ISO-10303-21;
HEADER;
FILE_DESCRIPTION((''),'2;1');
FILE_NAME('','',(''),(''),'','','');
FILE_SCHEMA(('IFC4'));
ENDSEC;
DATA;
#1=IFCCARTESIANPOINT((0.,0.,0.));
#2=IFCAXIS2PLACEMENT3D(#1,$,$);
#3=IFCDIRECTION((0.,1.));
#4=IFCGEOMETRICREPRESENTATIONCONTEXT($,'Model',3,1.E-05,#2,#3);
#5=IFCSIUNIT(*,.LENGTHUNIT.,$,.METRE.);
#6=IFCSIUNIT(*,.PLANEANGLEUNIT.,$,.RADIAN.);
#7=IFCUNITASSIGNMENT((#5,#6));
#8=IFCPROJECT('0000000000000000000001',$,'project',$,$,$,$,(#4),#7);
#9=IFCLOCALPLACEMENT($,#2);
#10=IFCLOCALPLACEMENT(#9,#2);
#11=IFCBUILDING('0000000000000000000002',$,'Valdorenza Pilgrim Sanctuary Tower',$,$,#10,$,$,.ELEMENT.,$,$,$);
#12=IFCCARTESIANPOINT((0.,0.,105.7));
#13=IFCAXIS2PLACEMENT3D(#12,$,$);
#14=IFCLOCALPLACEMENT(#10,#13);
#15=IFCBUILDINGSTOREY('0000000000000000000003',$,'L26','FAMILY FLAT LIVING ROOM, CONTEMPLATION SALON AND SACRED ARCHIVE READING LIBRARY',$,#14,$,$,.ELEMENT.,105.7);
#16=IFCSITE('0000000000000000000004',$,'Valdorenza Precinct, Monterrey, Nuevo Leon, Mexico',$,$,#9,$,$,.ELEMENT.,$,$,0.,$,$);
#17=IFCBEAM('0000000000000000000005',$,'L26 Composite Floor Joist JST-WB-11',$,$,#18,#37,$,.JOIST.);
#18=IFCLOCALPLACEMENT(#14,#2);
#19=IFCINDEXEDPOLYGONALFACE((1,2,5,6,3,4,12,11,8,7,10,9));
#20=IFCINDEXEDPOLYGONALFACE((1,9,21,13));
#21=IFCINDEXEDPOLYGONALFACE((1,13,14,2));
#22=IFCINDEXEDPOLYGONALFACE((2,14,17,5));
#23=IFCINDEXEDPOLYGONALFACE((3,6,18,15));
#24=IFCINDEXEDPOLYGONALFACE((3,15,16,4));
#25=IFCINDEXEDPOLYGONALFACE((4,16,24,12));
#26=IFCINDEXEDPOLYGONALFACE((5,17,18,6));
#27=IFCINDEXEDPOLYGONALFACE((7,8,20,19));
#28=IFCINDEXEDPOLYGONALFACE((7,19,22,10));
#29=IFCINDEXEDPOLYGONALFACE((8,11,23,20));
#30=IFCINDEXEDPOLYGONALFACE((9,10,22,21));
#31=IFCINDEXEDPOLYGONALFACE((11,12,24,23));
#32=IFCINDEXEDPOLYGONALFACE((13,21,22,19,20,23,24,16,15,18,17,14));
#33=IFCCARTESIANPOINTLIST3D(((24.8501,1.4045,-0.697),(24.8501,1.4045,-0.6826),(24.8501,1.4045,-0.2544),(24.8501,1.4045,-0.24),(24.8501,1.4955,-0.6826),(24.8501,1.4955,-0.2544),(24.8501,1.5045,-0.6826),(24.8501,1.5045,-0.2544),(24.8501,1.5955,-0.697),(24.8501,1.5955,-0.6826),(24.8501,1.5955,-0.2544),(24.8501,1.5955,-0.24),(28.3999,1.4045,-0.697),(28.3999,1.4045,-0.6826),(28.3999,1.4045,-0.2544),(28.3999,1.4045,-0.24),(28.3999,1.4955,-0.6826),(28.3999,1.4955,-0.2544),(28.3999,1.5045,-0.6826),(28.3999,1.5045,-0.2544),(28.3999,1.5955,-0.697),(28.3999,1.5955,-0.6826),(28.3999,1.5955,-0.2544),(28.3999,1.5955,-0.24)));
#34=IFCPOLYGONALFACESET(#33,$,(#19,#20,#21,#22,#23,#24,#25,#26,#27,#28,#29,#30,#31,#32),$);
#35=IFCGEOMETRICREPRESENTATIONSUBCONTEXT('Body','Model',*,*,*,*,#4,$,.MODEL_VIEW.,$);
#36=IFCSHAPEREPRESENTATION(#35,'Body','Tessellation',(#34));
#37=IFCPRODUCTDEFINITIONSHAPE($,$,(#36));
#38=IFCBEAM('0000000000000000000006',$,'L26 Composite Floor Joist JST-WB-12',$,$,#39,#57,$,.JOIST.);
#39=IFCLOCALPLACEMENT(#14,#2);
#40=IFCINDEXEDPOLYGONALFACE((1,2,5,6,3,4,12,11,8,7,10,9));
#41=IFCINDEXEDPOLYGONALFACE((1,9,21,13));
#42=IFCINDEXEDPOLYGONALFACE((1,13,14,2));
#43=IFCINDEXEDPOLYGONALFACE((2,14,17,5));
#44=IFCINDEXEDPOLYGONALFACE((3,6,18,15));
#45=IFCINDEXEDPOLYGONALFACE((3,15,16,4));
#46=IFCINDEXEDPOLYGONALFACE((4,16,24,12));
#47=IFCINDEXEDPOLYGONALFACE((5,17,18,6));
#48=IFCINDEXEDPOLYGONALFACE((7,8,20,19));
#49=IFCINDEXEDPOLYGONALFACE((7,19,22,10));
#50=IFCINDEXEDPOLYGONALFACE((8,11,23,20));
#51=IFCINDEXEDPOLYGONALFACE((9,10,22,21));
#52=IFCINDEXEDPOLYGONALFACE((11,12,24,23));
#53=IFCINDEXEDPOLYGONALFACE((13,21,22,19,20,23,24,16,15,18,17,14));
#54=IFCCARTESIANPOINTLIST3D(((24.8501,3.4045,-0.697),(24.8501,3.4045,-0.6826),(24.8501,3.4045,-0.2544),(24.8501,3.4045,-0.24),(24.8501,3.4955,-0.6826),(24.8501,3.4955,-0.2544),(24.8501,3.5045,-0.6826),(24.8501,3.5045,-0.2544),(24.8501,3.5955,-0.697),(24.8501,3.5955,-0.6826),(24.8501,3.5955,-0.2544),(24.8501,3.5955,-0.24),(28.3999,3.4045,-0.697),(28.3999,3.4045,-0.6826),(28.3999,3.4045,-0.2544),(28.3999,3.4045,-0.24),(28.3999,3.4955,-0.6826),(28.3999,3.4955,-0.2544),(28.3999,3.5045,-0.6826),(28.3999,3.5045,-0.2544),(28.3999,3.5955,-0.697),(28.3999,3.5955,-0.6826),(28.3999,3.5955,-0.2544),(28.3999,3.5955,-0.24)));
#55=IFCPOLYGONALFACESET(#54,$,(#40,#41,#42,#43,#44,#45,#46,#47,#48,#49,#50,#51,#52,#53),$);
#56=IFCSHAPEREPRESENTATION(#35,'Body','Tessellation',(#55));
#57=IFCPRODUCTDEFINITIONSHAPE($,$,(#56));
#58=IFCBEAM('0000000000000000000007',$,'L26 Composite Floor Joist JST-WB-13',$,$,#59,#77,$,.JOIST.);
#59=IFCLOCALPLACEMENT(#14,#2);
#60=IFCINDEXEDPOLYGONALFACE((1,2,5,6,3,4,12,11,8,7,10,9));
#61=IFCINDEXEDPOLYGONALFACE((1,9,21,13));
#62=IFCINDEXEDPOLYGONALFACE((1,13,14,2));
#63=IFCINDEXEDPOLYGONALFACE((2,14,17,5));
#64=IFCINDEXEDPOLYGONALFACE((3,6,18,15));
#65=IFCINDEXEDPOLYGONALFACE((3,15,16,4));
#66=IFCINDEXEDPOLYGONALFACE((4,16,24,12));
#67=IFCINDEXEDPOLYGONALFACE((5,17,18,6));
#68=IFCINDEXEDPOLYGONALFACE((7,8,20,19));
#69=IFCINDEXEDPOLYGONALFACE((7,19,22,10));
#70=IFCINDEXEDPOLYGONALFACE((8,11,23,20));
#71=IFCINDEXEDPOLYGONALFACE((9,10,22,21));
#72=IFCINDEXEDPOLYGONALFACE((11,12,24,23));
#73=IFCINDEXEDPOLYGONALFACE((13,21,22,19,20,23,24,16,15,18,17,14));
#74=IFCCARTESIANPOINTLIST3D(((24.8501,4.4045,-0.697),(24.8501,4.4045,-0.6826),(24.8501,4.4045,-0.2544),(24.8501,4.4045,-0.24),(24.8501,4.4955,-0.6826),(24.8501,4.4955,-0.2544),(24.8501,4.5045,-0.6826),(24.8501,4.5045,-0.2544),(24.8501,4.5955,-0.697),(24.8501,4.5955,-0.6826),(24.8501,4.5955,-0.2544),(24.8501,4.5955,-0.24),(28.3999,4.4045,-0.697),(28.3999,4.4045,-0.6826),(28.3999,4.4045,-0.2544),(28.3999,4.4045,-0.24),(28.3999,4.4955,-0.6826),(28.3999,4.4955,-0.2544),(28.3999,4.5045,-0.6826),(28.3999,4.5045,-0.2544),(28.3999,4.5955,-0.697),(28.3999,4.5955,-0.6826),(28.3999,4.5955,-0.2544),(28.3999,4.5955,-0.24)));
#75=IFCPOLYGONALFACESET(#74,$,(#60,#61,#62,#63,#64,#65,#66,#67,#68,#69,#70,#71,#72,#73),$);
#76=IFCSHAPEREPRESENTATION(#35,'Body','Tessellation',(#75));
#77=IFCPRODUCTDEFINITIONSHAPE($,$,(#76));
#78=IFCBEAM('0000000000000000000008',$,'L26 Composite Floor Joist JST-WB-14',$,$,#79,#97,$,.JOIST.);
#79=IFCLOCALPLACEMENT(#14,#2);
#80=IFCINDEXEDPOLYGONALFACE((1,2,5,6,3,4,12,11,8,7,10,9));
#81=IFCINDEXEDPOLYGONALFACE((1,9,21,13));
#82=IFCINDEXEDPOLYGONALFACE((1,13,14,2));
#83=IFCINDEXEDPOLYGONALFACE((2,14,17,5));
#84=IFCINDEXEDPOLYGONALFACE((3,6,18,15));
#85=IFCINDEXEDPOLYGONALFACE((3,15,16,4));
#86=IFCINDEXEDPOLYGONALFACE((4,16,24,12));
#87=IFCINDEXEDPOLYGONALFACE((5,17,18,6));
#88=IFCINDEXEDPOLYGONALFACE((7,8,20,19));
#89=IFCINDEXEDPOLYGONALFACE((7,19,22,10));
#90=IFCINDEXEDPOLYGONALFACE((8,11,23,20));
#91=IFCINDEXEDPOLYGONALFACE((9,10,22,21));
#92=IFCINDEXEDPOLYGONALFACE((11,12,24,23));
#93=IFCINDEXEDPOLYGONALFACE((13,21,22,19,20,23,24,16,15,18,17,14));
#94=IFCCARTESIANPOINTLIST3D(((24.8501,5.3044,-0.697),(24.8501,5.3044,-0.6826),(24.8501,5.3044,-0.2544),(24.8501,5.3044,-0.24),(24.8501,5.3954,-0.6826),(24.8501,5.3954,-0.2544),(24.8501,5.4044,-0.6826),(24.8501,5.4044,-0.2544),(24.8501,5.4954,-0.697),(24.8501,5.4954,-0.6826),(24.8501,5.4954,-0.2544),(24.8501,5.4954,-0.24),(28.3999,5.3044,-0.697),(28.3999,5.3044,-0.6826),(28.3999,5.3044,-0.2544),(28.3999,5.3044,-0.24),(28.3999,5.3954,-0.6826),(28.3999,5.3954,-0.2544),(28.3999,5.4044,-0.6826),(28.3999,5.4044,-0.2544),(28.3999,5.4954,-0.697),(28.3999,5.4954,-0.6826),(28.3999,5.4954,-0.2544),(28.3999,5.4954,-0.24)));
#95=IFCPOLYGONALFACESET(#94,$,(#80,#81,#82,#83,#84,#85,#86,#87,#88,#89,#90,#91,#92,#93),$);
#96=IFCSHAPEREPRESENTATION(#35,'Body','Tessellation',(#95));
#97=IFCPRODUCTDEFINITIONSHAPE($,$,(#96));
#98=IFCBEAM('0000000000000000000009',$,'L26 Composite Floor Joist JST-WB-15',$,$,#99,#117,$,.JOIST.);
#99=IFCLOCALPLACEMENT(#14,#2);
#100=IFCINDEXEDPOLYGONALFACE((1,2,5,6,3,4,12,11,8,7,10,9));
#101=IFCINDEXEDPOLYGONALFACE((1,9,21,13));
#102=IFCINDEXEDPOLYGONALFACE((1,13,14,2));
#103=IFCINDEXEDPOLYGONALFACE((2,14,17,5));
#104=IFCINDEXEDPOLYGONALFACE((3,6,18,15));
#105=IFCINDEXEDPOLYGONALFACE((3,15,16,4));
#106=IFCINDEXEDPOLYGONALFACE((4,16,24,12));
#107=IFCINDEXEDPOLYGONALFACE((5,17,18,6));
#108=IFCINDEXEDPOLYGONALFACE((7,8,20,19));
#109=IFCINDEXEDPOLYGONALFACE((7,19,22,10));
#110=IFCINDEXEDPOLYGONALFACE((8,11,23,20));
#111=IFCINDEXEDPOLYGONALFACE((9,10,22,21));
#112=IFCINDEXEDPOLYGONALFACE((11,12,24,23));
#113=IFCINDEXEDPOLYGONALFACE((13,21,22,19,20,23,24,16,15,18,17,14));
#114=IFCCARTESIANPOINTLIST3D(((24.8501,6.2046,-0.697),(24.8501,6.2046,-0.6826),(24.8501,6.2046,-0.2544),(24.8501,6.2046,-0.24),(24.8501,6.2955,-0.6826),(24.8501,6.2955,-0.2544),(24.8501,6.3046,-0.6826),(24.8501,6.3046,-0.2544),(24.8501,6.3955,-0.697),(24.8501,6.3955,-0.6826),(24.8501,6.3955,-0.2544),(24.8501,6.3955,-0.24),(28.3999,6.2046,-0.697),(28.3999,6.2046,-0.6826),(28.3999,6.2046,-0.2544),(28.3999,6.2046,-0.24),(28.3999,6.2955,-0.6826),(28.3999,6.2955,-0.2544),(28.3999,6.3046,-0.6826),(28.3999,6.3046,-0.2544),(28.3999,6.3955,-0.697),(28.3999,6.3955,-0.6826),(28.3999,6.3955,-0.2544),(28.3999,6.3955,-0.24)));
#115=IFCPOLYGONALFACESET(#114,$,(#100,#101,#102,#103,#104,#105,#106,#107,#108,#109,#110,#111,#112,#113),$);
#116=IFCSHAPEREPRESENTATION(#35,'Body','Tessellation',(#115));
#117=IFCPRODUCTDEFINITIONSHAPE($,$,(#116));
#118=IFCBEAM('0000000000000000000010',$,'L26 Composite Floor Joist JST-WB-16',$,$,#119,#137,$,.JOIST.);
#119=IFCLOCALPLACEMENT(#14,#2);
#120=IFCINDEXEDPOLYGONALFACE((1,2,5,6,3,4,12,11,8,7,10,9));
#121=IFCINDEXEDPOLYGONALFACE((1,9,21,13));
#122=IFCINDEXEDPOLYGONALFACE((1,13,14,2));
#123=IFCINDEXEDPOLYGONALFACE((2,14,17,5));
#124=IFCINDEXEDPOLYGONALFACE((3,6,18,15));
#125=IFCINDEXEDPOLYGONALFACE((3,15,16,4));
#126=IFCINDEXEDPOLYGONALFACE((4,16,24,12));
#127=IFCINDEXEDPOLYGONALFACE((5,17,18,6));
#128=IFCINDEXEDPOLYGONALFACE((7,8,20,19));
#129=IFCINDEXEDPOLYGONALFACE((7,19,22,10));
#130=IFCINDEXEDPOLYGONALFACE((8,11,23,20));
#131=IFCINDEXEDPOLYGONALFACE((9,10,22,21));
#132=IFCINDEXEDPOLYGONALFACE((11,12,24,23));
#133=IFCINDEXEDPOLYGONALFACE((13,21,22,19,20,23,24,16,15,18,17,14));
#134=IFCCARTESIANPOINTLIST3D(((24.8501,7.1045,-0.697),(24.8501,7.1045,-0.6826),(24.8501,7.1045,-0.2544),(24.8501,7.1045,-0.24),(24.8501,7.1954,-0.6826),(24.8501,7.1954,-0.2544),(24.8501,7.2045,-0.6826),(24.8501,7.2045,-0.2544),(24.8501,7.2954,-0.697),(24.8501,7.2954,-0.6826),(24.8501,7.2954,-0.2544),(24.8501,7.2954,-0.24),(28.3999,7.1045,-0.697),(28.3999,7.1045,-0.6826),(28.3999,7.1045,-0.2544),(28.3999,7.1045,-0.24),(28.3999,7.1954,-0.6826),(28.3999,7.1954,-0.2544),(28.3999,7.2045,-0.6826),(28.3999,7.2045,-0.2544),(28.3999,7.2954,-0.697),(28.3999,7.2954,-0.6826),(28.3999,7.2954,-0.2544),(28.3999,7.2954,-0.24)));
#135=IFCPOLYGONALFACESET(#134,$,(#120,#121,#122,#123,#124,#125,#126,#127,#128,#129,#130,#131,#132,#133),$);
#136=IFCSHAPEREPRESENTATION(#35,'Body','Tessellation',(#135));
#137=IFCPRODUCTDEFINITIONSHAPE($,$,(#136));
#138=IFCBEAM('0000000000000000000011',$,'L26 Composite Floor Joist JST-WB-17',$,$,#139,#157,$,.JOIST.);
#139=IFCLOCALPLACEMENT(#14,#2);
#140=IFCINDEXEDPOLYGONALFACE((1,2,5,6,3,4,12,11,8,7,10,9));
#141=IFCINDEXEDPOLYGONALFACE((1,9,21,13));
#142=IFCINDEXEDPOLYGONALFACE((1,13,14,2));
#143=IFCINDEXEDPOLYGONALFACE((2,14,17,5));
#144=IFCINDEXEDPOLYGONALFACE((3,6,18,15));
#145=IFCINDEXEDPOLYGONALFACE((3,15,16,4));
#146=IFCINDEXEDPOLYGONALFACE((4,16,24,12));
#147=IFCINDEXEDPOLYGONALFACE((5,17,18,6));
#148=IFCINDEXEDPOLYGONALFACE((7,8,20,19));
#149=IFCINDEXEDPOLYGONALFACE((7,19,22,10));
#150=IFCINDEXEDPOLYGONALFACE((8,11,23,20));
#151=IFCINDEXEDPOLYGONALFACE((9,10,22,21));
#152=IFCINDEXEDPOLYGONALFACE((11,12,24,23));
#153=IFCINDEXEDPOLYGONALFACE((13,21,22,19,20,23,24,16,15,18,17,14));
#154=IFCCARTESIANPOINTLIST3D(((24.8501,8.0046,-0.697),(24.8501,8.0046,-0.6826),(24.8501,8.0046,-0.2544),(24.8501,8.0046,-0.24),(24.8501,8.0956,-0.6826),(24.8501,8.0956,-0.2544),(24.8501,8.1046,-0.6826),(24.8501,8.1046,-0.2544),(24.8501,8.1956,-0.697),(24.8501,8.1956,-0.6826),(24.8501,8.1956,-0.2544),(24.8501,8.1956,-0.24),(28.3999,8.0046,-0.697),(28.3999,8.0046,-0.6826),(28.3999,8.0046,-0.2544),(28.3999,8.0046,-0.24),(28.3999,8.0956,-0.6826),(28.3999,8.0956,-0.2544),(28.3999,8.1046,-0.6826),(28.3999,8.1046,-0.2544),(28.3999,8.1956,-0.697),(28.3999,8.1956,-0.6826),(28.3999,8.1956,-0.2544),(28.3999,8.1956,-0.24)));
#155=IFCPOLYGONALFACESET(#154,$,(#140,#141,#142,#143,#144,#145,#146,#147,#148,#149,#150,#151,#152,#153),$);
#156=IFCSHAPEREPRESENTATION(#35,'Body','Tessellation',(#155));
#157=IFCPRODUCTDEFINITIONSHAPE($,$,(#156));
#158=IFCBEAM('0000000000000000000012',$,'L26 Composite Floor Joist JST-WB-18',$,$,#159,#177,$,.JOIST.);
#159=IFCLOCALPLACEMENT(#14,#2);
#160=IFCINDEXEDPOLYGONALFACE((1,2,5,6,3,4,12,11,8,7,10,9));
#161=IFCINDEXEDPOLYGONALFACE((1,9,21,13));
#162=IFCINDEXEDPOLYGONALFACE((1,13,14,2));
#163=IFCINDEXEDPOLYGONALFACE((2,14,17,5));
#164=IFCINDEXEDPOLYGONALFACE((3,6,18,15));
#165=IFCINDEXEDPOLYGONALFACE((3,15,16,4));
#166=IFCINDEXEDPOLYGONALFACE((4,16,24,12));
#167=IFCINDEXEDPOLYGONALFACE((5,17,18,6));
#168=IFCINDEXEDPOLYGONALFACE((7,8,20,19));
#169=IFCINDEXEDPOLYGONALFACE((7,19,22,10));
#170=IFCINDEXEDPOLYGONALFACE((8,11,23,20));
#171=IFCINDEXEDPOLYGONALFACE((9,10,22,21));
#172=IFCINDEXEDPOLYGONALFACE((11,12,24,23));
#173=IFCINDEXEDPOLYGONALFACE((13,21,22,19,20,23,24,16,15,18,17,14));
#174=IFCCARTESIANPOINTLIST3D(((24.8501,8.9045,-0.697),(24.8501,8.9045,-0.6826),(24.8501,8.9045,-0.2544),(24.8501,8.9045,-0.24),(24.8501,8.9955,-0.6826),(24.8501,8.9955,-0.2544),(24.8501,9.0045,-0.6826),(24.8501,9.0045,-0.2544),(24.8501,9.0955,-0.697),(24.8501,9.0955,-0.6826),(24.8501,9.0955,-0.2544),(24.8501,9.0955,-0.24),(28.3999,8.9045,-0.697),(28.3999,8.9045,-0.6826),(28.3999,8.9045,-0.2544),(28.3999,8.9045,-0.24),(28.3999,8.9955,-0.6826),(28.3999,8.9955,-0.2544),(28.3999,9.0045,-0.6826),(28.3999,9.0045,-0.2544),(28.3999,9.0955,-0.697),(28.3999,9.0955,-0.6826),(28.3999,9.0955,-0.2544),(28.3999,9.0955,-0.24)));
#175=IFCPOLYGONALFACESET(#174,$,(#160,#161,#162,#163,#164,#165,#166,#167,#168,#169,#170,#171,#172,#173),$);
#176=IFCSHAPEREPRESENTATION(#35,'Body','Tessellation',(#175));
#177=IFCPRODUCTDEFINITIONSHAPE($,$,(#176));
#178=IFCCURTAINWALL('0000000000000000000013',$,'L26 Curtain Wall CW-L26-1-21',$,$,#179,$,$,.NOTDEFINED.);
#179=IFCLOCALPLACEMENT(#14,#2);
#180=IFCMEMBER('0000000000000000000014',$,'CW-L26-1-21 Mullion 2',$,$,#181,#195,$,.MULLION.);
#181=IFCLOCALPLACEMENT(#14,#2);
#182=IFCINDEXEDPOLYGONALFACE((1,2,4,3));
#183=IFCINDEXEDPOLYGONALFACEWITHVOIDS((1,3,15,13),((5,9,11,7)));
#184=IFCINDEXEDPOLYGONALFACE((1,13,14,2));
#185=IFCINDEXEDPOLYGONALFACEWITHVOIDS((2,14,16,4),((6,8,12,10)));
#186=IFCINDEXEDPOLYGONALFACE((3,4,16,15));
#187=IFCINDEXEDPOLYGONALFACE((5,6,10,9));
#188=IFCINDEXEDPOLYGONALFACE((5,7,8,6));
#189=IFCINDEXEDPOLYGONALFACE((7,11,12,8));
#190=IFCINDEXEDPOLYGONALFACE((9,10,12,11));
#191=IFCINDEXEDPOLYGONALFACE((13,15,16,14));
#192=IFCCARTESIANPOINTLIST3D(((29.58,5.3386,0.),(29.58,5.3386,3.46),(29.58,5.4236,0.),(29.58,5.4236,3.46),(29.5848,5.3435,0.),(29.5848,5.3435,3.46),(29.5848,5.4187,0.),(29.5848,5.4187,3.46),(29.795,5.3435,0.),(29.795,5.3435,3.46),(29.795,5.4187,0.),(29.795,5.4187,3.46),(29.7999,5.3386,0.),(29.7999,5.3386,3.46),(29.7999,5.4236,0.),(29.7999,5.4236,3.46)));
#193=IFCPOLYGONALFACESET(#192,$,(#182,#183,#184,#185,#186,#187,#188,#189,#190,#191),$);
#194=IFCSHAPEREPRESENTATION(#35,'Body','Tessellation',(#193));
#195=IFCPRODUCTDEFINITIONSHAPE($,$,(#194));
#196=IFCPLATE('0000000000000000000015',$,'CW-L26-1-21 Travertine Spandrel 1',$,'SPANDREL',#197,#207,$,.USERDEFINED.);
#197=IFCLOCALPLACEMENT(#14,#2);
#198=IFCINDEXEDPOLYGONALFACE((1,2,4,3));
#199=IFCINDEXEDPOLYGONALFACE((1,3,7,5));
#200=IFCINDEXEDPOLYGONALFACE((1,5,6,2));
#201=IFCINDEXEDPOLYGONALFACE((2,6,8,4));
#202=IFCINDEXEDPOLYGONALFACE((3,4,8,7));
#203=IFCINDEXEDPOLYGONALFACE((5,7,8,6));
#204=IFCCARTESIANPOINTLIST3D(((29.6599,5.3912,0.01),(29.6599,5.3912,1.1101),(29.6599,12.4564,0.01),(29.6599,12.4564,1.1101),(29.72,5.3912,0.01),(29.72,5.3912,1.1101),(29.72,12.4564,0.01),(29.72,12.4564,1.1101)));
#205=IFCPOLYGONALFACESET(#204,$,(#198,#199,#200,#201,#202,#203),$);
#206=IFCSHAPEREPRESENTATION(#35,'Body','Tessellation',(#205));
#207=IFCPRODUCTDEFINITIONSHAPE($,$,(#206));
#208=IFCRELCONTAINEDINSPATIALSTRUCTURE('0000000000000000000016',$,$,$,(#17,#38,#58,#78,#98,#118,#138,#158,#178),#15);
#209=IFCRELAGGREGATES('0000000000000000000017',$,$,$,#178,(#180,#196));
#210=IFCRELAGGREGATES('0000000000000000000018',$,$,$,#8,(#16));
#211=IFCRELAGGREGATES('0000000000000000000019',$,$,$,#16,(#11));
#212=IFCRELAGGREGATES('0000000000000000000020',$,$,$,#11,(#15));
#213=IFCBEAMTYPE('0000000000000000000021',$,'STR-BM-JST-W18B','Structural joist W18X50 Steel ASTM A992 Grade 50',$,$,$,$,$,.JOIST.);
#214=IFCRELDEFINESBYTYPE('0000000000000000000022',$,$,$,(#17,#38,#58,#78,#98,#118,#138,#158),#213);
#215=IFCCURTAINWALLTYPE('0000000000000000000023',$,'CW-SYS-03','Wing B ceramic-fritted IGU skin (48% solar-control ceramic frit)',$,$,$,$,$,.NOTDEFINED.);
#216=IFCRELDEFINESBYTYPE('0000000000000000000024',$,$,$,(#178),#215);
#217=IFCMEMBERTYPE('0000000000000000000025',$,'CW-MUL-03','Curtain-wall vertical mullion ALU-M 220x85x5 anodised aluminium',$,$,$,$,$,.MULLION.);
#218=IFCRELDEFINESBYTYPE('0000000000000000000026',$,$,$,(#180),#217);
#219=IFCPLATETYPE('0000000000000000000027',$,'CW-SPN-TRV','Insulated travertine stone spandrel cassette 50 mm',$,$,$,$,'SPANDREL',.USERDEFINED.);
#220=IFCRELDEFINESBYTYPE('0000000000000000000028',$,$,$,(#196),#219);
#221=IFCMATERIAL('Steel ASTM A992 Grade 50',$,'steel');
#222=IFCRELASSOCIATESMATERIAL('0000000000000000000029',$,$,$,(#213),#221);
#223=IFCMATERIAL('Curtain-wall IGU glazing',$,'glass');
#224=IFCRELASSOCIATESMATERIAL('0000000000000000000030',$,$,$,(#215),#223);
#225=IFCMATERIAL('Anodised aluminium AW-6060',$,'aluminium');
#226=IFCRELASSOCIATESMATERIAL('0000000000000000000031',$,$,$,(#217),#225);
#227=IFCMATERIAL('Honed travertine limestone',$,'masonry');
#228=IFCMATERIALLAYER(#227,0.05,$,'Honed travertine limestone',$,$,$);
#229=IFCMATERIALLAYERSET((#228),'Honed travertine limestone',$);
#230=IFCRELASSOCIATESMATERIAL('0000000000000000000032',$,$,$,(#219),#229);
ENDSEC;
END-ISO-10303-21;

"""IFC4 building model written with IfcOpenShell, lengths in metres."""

from ifc_helpers import new_model, si_unit, direction, frame, origin, origin_2d, place, context, subcontext, project, spatial, rectangle, hollow_rectangle, i_section, extrude, source, transform, mapped, material, layer, layer_set, material_profile, profile_set, type_object, element, aggregate, save


model = new_model("IFC4")

# Units and contexts
model_context = context("Model", 3, precision=1e-05, world=origin(), true_north=direction((0.0, 1.0)))
body_context = subcontext(model_context, "Body", "Model", "MODEL_VIEW")
ifc_project = project(units=[si_unit("LENGTHUNIT", "METRE"), si_unit("PLANEANGLEUNIT", "RADIAN")], contexts=[model_context])

# Site, building, storey
site_placement = place(None, origin())
site = spatial("IfcSite", under=ifc_project, at=site_placement, Name="Valdorenza Precinct, Monterrey, Nuevo Leon, Mexico", CompositionType="ELEMENT", RefElevation=0.0)
building_placement = place(site_placement, origin())
building = spatial("IfcBuilding", under=site, at=building_placement, Name="Valdorenza Pilgrim Sanctuary Tower", CompositionType="ELEMENT")
storey_placement = place(building_placement, frame((0.0, 0.0, 105.7)))
storey = spatial("IfcBuildingStorey", under=building, at=storey_placement, Name="L26", Description="FAMILY FLAT LIVING ROOM, CONTEMPLATION SALON AND SACRED ARCHIVE READING LIBRARY", CompositionType="ELEMENT", Elevation=105.7)

# Beams
ifc_material_1 = material(Name="Steel ASTM A992 Grade 50", Category="steel")
ifc_material_profile_1 = material_profile(ifc_material_1, i_section(OverallWidth=0.1909, OverallDepth=0.457, WebThickness=0.009, FlangeThickness=0.0144, at=origin_2d()), Name="W18X50")
ifc_profile_set_1 = profile_set([ifc_material_profile_1], Name="Steel ASTM A992 Grade 50")
beam_type = type_object("IfcBeamType", Name="STR-BM-JST-W18B", Description="Structural joist W18X50 Steel ASTM A992 Grade 50", PredefinedType="JOIST", material=ifc_profile_set_1)
shared_shape_1 = source(origin(), body_context, "Body", "SweptSolid", [
    extrude(i_section(OverallWidth=0.1909, OverallDepth=0.457, WebThickness=0.009, FlangeThickness=0.0144, at=origin_2d()), origin(), (0.0, 0.0, 1.0), 3.5498),
])
for number, where, z_axis, x_axis, name in (
    (1, (24.8501, 1.5, -0.4685), (1.0, 0.0, 0.0), (0.0, 1.0, 0.0), "L26 Composite Floor Joist JST-WB-11"),
    (2, (24.8501, 3.5, -0.4685), (1.0, 0.0, 0.0), (0.0, 1.0, 0.0), "L26 Composite Floor Joist JST-WB-12"),
    (3, (24.8501, 4.5, -0.4685), (1.0, 0.0, 0.0), (0.0, 1.0, 0.0), "L26 Composite Floor Joist JST-WB-13"),
    (4, (24.8501, 5.3999, -0.4685), (1.0, 0.0, 0.0), (0.0, 1.0, 0.0), "L26 Composite Floor Joist JST-WB-14"),
    (5, (24.8501, 6.3, -0.4685), (1.0, 0.0, 0.0), (0.0, 1.0, 0.0), "L26 Composite Floor Joist JST-WB-15"),
    (6, (24.8501, 7.2, -0.4685), (1.0, 0.0, 0.0), (0.0, 1.0, 0.0), "L26 Composite Floor Joist JST-WB-16"),
    (7, (24.8501, 8.1001, -0.4685), (1.0, 0.0, 0.0), (0.0, 1.0, 0.0), "L26 Composite Floor Joist JST-WB-17"),
    (8, (24.8501, 9.0, -0.4685), (1.0, 0.0, 0.0), (0.0, 1.0, 0.0), "L26 Composite Floor Joist JST-WB-18"),
):
    element("IfcBeam", number, at=place(storey_placement, frame(where, z_axis=z_axis, x_axis=x_axis)), inside=storey, type_object=beam_type, Name=name, PredefinedType="JOIST", context=body_context, shape_type="MappedRepresentation", body=[
        mapped(shared_shape_1, transform((0.0, 0.0, 0.0), x_axis=(1.0, 0.0, 0.0), y_axis=(0.0, 1.0, 0.0), z_axis=(0.0, 0.0, 1.0), scale=1.0)),
    ])

# Curtain wall, member, plate
ifc_material_2 = material(Name="Curtain-wall IGU glazing", Category="glass")
curtain_wall_type = type_object("IfcCurtainWallType", Name="CW-SYS-03", Description="Wing B ceramic-fritted IGU skin (48% solar-control ceramic frit)", PredefinedType="NOTDEFINED", material=ifc_material_2)
curtain_wall_placement = place(storey_placement, origin())
curtain_wall = element("IfcCurtainWall", 9, at=curtain_wall_placement, inside=storey, type_object=curtain_wall_type, Name="L26 Curtain Wall CW-L26-1-21", PredefinedType="NOTDEFINED")
ifc_material_3 = material(Name="Anodised aluminium AW-6060", Category="aluminium")
ifc_material_profile_2 = material_profile(ifc_material_3, hollow_rectangle(XDim=0.085, YDim=0.22, WallThickness=0.0049, at=origin_2d()), Name="ALU-M 220x85x5")
ifc_profile_set_2 = profile_set([ifc_material_profile_2], Name="Anodised aluminium AW-6060")
member_type = type_object("IfcMemberType", Name="CW-MUL-03", Description="Curtain-wall vertical mullion ALU-M 220x85x5 anodised aluminium", PredefinedType="MULLION", material=ifc_profile_set_2)
shared_shape_2 = source(origin(), body_context, "Body", "SweptSolid", [
    extrude(hollow_rectangle(XDim=0.085, YDim=0.22, WallThickness=0.0049, at=origin_2d()), origin(), (0.0, 0.0, 1.0), 3.46),
])
member_placement = place(storey_placement, frame((29.6899, 5.3811, 0.0), z_axis=(0.0, 0.0, 1.0), x_axis=(0.0, -1.0, 0.0)))
member = element("IfcMember", 10, at=member_placement, type_object=member_type, Name="CW-L26-1-21 Mullion 2", PredefinedType="MULLION", context=body_context, shape_type="MappedRepresentation", body=[
    mapped(shared_shape_2, transform((0.0, 0.0, 0.0), x_axis=(1.0, 0.0, 0.0), y_axis=(0.0, 1.0, 0.0), z_axis=(0.0, 0.0, 1.0), scale=1.0)),
])
ifc_material_4 = material(Name="Honed travertine limestone", Category="masonry")
ifc_layer_1 = layer(ifc_material_4, 0.05, Name="Honed travertine limestone")
ifc_layer_set_1 = layer_set([ifc_layer_1], Name="Honed travertine limestone")
plate_type_1 = type_object("IfcPlateType", Name="CW-SPN-TRV", Description="Insulated travertine stone spandrel cassette 50 mm", ElementType="SPANDREL", PredefinedType="USERDEFINED", material=ifc_layer_set_1)
shared_shape_3 = source(origin(), body_context, "Body", "SweptSolid", [
    extrude(rectangle(XDim=7.0652, YDim=0.0601, at=origin_2d()), origin(), (0.0, 0.0, 1.0), 1.1001),
])
plate_1_placement = place(storey_placement, frame((29.6899, 8.9238, 0.01), z_axis=(0.0, 0.0, 1.0), x_axis=(0.0, -1.0, 0.0)))
plate_1 = element("IfcPlate", 11, at=plate_1_placement, type_object=plate_type_1, Name="CW-L26-1-21 Travertine Spandrel 1", ObjectType="SPANDREL", PredefinedType="USERDEFINED", context=body_context, shape_type="MappedRepresentation", body=[
    mapped(shared_shape_3, transform((0.0, 0.0, 0.0), x_axis=(1.0, 0.0, 0.0), y_axis=(0.0, 1.0, 0.0), z_axis=(0.0, 0.0, 1.0), scale=1.0)),
])
aggregate(curtain_wall, [member, plate_1])

save(model, "model.ifc")
